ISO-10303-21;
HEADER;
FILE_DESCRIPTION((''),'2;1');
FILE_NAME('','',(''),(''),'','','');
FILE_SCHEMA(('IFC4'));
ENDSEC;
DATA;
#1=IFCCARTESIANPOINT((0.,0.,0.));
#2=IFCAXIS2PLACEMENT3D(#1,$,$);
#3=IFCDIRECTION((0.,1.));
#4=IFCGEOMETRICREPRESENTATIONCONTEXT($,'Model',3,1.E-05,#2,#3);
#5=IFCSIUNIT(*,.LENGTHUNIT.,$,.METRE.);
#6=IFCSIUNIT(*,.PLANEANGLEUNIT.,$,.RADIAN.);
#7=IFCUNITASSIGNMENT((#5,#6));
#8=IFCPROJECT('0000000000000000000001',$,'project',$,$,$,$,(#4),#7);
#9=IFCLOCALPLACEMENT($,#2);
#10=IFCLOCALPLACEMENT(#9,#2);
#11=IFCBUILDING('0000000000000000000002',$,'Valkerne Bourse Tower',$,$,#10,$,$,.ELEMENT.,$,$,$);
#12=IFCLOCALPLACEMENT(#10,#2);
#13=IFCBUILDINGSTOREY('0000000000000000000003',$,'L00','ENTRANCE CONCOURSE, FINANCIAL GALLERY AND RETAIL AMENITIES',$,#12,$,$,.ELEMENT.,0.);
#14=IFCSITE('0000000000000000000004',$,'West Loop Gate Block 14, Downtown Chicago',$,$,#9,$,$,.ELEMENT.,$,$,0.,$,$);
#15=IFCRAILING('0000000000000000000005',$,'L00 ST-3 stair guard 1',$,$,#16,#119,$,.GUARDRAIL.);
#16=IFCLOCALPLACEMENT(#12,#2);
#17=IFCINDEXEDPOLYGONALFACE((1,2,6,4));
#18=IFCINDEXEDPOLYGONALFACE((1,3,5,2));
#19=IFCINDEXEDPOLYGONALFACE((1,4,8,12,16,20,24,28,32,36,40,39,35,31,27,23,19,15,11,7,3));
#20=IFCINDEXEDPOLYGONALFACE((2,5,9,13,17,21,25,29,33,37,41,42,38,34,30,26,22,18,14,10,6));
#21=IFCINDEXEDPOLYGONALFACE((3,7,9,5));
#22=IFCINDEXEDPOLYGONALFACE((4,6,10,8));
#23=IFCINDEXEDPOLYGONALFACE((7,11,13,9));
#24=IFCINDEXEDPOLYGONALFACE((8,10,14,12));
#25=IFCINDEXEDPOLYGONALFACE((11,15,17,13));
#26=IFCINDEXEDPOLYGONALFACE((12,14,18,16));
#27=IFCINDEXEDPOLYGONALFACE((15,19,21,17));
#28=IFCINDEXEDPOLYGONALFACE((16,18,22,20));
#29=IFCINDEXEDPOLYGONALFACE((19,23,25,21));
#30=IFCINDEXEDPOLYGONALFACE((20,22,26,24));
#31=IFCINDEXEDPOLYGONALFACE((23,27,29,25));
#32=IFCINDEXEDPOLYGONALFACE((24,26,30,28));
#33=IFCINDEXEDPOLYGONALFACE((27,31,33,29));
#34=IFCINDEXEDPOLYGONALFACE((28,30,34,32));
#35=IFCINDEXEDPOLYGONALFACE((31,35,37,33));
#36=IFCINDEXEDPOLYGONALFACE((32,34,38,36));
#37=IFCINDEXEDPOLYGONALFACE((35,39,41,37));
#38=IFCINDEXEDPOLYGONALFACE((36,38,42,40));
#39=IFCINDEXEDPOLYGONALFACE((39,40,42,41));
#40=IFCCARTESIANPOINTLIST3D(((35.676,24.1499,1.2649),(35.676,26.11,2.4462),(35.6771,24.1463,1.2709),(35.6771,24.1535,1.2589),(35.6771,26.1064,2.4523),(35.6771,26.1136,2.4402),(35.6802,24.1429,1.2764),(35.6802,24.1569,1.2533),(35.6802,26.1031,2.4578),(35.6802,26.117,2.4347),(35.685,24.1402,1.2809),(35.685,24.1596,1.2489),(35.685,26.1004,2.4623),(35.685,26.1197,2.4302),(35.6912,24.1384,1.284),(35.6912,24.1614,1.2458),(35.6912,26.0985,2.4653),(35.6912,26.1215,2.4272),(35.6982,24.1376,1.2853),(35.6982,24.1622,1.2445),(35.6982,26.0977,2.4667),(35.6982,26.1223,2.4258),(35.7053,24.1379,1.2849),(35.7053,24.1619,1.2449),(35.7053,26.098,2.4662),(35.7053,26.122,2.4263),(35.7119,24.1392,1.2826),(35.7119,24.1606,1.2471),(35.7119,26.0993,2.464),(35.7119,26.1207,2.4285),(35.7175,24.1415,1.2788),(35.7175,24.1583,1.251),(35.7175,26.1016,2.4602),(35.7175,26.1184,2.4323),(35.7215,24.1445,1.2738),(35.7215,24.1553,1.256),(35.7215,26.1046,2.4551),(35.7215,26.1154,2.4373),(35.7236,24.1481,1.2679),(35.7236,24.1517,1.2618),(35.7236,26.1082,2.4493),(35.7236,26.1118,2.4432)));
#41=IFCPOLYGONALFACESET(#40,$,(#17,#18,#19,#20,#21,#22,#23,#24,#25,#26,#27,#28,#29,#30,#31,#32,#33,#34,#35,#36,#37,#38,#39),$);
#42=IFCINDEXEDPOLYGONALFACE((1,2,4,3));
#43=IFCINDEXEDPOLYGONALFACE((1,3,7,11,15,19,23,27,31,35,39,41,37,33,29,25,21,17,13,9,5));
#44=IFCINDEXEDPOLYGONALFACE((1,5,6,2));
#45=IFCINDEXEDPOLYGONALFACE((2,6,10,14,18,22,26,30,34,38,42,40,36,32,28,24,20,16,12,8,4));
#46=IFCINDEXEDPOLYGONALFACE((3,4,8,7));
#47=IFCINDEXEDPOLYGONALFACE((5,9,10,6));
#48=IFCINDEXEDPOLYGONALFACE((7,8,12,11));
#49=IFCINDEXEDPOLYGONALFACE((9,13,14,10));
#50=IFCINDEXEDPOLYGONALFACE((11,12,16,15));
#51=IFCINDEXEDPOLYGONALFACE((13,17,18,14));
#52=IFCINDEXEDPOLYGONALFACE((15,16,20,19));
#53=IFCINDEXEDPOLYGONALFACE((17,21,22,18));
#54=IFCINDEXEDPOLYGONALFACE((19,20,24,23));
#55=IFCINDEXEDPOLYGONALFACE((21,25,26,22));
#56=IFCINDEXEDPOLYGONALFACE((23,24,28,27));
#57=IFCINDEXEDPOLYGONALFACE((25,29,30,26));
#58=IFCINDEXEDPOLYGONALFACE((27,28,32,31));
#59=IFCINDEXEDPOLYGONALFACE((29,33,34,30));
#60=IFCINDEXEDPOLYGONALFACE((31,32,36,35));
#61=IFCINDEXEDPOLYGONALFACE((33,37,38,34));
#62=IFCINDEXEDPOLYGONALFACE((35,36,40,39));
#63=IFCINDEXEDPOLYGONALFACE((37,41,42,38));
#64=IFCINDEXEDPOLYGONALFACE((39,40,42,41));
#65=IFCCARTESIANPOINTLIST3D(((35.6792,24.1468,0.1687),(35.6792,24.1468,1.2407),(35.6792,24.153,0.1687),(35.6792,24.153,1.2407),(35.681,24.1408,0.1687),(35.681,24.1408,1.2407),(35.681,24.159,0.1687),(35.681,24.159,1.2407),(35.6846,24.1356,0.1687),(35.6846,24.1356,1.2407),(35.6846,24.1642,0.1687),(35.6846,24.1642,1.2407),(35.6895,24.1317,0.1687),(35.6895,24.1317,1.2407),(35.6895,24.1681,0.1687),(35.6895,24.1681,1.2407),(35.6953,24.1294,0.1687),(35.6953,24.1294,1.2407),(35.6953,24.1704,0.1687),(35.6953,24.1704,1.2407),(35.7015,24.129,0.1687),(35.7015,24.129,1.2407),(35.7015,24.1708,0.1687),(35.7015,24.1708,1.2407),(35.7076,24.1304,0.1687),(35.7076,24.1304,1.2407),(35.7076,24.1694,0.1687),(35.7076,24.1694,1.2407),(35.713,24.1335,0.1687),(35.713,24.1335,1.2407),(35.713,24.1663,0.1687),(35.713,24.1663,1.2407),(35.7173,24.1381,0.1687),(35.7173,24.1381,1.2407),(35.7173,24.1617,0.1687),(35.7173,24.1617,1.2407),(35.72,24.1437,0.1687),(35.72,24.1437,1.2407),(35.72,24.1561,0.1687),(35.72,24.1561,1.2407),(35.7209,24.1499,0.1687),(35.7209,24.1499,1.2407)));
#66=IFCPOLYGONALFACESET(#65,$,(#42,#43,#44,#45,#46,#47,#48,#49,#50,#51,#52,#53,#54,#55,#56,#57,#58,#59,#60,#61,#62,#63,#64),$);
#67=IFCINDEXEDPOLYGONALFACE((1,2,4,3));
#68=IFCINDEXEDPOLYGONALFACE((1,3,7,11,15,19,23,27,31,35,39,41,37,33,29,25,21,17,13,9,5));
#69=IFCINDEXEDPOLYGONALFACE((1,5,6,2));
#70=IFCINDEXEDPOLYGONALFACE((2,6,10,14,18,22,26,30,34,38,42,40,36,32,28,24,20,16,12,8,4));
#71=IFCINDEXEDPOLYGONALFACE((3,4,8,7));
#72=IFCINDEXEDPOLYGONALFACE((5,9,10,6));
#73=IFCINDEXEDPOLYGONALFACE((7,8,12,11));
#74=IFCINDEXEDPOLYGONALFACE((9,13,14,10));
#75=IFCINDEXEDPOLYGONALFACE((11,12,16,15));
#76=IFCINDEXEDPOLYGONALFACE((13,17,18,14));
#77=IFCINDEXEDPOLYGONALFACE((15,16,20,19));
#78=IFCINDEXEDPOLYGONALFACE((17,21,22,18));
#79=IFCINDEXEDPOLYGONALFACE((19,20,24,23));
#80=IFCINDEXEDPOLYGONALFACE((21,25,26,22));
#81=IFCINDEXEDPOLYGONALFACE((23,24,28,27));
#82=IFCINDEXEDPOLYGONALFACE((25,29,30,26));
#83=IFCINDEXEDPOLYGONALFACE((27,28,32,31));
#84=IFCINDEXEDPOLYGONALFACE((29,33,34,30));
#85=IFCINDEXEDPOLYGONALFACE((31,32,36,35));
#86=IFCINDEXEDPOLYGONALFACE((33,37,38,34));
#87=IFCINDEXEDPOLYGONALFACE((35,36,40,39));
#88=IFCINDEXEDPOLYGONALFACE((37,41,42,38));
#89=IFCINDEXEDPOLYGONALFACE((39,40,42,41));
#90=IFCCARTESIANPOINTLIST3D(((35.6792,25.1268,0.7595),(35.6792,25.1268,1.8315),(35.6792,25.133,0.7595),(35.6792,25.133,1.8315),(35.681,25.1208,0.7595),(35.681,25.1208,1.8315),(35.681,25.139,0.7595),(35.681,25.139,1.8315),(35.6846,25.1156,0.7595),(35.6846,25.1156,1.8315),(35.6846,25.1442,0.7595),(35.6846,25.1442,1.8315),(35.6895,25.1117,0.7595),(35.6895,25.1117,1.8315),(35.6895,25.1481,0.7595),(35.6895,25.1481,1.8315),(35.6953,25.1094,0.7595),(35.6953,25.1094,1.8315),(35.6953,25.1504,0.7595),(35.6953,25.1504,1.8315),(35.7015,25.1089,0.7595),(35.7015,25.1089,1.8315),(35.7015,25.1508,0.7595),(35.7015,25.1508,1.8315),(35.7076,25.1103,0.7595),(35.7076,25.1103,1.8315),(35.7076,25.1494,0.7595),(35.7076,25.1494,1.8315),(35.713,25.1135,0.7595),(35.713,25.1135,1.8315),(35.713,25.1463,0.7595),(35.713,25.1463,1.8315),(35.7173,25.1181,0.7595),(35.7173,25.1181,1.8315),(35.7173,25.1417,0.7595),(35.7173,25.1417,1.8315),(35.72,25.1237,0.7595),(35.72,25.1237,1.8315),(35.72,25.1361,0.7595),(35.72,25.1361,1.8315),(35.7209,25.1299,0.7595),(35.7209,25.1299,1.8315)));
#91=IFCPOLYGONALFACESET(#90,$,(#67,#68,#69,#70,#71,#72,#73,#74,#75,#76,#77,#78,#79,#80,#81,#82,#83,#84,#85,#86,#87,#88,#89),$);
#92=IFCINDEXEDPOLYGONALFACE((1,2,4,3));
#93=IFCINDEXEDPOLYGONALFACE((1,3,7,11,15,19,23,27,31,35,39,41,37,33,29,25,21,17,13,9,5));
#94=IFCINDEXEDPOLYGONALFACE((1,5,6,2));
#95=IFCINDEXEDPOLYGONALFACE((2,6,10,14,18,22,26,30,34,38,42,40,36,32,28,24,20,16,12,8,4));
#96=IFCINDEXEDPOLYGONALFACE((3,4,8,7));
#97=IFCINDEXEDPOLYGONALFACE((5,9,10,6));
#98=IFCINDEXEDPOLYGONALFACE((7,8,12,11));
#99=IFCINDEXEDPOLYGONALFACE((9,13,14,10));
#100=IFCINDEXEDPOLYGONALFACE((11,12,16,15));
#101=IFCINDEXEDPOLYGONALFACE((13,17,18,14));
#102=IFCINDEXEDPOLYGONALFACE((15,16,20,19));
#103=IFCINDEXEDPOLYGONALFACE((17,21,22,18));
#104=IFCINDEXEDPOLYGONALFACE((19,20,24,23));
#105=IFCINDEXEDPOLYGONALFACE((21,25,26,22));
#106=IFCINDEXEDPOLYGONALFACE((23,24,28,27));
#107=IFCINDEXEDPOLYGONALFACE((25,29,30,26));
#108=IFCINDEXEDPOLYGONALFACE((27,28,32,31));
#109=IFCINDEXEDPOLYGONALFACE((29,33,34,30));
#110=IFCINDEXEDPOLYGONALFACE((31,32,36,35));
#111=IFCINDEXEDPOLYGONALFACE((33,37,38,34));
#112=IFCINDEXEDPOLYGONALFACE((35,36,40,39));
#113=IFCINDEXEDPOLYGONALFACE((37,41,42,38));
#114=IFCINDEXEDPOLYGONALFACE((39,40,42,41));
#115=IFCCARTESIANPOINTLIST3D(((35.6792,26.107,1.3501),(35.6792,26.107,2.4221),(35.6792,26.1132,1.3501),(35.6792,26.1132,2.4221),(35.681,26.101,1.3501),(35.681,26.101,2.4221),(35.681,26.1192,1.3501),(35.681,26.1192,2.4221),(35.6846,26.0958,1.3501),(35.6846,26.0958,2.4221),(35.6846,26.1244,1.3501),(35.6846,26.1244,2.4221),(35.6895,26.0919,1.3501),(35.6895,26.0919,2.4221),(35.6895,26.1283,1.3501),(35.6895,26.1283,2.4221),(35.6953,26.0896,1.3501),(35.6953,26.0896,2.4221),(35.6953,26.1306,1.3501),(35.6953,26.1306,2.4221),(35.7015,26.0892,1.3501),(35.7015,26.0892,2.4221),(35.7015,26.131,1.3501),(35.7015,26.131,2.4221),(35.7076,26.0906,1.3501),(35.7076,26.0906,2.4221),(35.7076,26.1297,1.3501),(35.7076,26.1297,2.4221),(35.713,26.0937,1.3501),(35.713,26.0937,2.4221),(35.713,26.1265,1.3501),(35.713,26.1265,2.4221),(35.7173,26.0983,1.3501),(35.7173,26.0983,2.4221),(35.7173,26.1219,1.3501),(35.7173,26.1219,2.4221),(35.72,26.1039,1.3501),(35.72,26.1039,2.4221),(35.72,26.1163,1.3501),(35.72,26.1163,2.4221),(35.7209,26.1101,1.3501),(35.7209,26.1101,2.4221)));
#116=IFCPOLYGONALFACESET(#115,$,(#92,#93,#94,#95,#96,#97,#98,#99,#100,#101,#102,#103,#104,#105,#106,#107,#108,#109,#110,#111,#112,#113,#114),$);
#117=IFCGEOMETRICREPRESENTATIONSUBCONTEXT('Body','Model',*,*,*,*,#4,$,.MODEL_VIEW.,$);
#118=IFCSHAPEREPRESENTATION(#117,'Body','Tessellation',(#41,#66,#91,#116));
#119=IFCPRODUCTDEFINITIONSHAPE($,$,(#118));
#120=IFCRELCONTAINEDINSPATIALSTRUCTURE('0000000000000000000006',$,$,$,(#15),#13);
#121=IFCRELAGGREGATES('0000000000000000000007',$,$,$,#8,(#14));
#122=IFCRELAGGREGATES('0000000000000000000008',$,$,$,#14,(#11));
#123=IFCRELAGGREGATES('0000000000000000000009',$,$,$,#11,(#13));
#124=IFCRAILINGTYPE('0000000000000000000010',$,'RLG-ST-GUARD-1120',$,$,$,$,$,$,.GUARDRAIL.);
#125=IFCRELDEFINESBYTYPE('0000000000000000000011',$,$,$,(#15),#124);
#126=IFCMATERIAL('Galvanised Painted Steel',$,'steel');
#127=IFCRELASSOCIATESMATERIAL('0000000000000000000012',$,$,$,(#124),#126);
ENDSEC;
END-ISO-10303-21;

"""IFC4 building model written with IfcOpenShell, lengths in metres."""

from ifc_helpers import new_model, si_unit, direction, frame, origin, origin_2d, place, context, subcontext, project, spatial, circle, extrude, material, type_object, element, save


model = new_model("IFC4")

# Units and contexts
model_context = context("Model", 3, precision=1e-05, world=origin(), true_north=direction((0.0, 1.0)))
body_context = subcontext(model_context, "Body", "Model", "MODEL_VIEW")
ifc_project = project(units=[si_unit("LENGTHUNIT", "METRE"), si_unit("PLANEANGLEUNIT", "RADIAN")], contexts=[model_context])

# Site, building, storey
site_placement = place(None, origin())
site = spatial("IfcSite", under=ifc_project, at=site_placement, Name="West Loop Gate Block 14, Downtown Chicago", CompositionType="ELEMENT", RefElevation=0.0)
building_placement = place(site_placement, origin())
building = spatial("IfcBuilding", under=site, at=building_placement, Name="Valkerne Bourse Tower", CompositionType="ELEMENT")
storey_placement = place(building_placement, origin())
storey = spatial("IfcBuildingStorey", under=building, at=storey_placement, Name="L00", Description="ENTRANCE CONCOURSE, FINANCIAL GALLERY AND RETAIL AMENITIES", CompositionType="ELEMENT", Elevation=0.0)

# Shared definitions
ifc_material_1 = material(Name="Galvanised Painted Steel", Category="steel")

# Railing
railing_type_1 = type_object("IfcRailingType", Name="RLG-ST-GUARD-1120", PredefinedType="GUARDRAIL", material=ifc_material_1)
railing_1_placement = place(storey_placement, frame((35.7, 24.1499, 0.1687)))
element("IfcRailing", 1, at=railing_1_placement, inside=storey, type_object=railing_type_1, Name="L00 ST-3 stair guard 1", PredefinedType="GUARDRAIL", context=body_context, shape_type="SweptSolid", body=[
    extrude(circle(Radius=0.0239, at=origin_2d()), frame((0.0, 0.0, 1.0962), z_axis=(0.0, 0.856475, 0.516189), x_axis=(-1.0, 0.0, 0.0)), (0.0, 0.0, 1.0), 2.2886),
    extrude(circle(Radius=0.021, at=origin_2d()), origin(), (0.0, 0.0, 1.0), 1.072),
    extrude(circle(Radius=0.021, at=origin_2d()), frame((0.0, 0.98, 0.5908)), (0.0, 0.0, 1.0), 1.072),
    extrude(circle(Radius=0.021, at=origin_2d()), frame((0.0, 1.9602, 1.1814)), (0.0, 0.0, 1.0), 1.072),
])

save(model, "model.ifc")
